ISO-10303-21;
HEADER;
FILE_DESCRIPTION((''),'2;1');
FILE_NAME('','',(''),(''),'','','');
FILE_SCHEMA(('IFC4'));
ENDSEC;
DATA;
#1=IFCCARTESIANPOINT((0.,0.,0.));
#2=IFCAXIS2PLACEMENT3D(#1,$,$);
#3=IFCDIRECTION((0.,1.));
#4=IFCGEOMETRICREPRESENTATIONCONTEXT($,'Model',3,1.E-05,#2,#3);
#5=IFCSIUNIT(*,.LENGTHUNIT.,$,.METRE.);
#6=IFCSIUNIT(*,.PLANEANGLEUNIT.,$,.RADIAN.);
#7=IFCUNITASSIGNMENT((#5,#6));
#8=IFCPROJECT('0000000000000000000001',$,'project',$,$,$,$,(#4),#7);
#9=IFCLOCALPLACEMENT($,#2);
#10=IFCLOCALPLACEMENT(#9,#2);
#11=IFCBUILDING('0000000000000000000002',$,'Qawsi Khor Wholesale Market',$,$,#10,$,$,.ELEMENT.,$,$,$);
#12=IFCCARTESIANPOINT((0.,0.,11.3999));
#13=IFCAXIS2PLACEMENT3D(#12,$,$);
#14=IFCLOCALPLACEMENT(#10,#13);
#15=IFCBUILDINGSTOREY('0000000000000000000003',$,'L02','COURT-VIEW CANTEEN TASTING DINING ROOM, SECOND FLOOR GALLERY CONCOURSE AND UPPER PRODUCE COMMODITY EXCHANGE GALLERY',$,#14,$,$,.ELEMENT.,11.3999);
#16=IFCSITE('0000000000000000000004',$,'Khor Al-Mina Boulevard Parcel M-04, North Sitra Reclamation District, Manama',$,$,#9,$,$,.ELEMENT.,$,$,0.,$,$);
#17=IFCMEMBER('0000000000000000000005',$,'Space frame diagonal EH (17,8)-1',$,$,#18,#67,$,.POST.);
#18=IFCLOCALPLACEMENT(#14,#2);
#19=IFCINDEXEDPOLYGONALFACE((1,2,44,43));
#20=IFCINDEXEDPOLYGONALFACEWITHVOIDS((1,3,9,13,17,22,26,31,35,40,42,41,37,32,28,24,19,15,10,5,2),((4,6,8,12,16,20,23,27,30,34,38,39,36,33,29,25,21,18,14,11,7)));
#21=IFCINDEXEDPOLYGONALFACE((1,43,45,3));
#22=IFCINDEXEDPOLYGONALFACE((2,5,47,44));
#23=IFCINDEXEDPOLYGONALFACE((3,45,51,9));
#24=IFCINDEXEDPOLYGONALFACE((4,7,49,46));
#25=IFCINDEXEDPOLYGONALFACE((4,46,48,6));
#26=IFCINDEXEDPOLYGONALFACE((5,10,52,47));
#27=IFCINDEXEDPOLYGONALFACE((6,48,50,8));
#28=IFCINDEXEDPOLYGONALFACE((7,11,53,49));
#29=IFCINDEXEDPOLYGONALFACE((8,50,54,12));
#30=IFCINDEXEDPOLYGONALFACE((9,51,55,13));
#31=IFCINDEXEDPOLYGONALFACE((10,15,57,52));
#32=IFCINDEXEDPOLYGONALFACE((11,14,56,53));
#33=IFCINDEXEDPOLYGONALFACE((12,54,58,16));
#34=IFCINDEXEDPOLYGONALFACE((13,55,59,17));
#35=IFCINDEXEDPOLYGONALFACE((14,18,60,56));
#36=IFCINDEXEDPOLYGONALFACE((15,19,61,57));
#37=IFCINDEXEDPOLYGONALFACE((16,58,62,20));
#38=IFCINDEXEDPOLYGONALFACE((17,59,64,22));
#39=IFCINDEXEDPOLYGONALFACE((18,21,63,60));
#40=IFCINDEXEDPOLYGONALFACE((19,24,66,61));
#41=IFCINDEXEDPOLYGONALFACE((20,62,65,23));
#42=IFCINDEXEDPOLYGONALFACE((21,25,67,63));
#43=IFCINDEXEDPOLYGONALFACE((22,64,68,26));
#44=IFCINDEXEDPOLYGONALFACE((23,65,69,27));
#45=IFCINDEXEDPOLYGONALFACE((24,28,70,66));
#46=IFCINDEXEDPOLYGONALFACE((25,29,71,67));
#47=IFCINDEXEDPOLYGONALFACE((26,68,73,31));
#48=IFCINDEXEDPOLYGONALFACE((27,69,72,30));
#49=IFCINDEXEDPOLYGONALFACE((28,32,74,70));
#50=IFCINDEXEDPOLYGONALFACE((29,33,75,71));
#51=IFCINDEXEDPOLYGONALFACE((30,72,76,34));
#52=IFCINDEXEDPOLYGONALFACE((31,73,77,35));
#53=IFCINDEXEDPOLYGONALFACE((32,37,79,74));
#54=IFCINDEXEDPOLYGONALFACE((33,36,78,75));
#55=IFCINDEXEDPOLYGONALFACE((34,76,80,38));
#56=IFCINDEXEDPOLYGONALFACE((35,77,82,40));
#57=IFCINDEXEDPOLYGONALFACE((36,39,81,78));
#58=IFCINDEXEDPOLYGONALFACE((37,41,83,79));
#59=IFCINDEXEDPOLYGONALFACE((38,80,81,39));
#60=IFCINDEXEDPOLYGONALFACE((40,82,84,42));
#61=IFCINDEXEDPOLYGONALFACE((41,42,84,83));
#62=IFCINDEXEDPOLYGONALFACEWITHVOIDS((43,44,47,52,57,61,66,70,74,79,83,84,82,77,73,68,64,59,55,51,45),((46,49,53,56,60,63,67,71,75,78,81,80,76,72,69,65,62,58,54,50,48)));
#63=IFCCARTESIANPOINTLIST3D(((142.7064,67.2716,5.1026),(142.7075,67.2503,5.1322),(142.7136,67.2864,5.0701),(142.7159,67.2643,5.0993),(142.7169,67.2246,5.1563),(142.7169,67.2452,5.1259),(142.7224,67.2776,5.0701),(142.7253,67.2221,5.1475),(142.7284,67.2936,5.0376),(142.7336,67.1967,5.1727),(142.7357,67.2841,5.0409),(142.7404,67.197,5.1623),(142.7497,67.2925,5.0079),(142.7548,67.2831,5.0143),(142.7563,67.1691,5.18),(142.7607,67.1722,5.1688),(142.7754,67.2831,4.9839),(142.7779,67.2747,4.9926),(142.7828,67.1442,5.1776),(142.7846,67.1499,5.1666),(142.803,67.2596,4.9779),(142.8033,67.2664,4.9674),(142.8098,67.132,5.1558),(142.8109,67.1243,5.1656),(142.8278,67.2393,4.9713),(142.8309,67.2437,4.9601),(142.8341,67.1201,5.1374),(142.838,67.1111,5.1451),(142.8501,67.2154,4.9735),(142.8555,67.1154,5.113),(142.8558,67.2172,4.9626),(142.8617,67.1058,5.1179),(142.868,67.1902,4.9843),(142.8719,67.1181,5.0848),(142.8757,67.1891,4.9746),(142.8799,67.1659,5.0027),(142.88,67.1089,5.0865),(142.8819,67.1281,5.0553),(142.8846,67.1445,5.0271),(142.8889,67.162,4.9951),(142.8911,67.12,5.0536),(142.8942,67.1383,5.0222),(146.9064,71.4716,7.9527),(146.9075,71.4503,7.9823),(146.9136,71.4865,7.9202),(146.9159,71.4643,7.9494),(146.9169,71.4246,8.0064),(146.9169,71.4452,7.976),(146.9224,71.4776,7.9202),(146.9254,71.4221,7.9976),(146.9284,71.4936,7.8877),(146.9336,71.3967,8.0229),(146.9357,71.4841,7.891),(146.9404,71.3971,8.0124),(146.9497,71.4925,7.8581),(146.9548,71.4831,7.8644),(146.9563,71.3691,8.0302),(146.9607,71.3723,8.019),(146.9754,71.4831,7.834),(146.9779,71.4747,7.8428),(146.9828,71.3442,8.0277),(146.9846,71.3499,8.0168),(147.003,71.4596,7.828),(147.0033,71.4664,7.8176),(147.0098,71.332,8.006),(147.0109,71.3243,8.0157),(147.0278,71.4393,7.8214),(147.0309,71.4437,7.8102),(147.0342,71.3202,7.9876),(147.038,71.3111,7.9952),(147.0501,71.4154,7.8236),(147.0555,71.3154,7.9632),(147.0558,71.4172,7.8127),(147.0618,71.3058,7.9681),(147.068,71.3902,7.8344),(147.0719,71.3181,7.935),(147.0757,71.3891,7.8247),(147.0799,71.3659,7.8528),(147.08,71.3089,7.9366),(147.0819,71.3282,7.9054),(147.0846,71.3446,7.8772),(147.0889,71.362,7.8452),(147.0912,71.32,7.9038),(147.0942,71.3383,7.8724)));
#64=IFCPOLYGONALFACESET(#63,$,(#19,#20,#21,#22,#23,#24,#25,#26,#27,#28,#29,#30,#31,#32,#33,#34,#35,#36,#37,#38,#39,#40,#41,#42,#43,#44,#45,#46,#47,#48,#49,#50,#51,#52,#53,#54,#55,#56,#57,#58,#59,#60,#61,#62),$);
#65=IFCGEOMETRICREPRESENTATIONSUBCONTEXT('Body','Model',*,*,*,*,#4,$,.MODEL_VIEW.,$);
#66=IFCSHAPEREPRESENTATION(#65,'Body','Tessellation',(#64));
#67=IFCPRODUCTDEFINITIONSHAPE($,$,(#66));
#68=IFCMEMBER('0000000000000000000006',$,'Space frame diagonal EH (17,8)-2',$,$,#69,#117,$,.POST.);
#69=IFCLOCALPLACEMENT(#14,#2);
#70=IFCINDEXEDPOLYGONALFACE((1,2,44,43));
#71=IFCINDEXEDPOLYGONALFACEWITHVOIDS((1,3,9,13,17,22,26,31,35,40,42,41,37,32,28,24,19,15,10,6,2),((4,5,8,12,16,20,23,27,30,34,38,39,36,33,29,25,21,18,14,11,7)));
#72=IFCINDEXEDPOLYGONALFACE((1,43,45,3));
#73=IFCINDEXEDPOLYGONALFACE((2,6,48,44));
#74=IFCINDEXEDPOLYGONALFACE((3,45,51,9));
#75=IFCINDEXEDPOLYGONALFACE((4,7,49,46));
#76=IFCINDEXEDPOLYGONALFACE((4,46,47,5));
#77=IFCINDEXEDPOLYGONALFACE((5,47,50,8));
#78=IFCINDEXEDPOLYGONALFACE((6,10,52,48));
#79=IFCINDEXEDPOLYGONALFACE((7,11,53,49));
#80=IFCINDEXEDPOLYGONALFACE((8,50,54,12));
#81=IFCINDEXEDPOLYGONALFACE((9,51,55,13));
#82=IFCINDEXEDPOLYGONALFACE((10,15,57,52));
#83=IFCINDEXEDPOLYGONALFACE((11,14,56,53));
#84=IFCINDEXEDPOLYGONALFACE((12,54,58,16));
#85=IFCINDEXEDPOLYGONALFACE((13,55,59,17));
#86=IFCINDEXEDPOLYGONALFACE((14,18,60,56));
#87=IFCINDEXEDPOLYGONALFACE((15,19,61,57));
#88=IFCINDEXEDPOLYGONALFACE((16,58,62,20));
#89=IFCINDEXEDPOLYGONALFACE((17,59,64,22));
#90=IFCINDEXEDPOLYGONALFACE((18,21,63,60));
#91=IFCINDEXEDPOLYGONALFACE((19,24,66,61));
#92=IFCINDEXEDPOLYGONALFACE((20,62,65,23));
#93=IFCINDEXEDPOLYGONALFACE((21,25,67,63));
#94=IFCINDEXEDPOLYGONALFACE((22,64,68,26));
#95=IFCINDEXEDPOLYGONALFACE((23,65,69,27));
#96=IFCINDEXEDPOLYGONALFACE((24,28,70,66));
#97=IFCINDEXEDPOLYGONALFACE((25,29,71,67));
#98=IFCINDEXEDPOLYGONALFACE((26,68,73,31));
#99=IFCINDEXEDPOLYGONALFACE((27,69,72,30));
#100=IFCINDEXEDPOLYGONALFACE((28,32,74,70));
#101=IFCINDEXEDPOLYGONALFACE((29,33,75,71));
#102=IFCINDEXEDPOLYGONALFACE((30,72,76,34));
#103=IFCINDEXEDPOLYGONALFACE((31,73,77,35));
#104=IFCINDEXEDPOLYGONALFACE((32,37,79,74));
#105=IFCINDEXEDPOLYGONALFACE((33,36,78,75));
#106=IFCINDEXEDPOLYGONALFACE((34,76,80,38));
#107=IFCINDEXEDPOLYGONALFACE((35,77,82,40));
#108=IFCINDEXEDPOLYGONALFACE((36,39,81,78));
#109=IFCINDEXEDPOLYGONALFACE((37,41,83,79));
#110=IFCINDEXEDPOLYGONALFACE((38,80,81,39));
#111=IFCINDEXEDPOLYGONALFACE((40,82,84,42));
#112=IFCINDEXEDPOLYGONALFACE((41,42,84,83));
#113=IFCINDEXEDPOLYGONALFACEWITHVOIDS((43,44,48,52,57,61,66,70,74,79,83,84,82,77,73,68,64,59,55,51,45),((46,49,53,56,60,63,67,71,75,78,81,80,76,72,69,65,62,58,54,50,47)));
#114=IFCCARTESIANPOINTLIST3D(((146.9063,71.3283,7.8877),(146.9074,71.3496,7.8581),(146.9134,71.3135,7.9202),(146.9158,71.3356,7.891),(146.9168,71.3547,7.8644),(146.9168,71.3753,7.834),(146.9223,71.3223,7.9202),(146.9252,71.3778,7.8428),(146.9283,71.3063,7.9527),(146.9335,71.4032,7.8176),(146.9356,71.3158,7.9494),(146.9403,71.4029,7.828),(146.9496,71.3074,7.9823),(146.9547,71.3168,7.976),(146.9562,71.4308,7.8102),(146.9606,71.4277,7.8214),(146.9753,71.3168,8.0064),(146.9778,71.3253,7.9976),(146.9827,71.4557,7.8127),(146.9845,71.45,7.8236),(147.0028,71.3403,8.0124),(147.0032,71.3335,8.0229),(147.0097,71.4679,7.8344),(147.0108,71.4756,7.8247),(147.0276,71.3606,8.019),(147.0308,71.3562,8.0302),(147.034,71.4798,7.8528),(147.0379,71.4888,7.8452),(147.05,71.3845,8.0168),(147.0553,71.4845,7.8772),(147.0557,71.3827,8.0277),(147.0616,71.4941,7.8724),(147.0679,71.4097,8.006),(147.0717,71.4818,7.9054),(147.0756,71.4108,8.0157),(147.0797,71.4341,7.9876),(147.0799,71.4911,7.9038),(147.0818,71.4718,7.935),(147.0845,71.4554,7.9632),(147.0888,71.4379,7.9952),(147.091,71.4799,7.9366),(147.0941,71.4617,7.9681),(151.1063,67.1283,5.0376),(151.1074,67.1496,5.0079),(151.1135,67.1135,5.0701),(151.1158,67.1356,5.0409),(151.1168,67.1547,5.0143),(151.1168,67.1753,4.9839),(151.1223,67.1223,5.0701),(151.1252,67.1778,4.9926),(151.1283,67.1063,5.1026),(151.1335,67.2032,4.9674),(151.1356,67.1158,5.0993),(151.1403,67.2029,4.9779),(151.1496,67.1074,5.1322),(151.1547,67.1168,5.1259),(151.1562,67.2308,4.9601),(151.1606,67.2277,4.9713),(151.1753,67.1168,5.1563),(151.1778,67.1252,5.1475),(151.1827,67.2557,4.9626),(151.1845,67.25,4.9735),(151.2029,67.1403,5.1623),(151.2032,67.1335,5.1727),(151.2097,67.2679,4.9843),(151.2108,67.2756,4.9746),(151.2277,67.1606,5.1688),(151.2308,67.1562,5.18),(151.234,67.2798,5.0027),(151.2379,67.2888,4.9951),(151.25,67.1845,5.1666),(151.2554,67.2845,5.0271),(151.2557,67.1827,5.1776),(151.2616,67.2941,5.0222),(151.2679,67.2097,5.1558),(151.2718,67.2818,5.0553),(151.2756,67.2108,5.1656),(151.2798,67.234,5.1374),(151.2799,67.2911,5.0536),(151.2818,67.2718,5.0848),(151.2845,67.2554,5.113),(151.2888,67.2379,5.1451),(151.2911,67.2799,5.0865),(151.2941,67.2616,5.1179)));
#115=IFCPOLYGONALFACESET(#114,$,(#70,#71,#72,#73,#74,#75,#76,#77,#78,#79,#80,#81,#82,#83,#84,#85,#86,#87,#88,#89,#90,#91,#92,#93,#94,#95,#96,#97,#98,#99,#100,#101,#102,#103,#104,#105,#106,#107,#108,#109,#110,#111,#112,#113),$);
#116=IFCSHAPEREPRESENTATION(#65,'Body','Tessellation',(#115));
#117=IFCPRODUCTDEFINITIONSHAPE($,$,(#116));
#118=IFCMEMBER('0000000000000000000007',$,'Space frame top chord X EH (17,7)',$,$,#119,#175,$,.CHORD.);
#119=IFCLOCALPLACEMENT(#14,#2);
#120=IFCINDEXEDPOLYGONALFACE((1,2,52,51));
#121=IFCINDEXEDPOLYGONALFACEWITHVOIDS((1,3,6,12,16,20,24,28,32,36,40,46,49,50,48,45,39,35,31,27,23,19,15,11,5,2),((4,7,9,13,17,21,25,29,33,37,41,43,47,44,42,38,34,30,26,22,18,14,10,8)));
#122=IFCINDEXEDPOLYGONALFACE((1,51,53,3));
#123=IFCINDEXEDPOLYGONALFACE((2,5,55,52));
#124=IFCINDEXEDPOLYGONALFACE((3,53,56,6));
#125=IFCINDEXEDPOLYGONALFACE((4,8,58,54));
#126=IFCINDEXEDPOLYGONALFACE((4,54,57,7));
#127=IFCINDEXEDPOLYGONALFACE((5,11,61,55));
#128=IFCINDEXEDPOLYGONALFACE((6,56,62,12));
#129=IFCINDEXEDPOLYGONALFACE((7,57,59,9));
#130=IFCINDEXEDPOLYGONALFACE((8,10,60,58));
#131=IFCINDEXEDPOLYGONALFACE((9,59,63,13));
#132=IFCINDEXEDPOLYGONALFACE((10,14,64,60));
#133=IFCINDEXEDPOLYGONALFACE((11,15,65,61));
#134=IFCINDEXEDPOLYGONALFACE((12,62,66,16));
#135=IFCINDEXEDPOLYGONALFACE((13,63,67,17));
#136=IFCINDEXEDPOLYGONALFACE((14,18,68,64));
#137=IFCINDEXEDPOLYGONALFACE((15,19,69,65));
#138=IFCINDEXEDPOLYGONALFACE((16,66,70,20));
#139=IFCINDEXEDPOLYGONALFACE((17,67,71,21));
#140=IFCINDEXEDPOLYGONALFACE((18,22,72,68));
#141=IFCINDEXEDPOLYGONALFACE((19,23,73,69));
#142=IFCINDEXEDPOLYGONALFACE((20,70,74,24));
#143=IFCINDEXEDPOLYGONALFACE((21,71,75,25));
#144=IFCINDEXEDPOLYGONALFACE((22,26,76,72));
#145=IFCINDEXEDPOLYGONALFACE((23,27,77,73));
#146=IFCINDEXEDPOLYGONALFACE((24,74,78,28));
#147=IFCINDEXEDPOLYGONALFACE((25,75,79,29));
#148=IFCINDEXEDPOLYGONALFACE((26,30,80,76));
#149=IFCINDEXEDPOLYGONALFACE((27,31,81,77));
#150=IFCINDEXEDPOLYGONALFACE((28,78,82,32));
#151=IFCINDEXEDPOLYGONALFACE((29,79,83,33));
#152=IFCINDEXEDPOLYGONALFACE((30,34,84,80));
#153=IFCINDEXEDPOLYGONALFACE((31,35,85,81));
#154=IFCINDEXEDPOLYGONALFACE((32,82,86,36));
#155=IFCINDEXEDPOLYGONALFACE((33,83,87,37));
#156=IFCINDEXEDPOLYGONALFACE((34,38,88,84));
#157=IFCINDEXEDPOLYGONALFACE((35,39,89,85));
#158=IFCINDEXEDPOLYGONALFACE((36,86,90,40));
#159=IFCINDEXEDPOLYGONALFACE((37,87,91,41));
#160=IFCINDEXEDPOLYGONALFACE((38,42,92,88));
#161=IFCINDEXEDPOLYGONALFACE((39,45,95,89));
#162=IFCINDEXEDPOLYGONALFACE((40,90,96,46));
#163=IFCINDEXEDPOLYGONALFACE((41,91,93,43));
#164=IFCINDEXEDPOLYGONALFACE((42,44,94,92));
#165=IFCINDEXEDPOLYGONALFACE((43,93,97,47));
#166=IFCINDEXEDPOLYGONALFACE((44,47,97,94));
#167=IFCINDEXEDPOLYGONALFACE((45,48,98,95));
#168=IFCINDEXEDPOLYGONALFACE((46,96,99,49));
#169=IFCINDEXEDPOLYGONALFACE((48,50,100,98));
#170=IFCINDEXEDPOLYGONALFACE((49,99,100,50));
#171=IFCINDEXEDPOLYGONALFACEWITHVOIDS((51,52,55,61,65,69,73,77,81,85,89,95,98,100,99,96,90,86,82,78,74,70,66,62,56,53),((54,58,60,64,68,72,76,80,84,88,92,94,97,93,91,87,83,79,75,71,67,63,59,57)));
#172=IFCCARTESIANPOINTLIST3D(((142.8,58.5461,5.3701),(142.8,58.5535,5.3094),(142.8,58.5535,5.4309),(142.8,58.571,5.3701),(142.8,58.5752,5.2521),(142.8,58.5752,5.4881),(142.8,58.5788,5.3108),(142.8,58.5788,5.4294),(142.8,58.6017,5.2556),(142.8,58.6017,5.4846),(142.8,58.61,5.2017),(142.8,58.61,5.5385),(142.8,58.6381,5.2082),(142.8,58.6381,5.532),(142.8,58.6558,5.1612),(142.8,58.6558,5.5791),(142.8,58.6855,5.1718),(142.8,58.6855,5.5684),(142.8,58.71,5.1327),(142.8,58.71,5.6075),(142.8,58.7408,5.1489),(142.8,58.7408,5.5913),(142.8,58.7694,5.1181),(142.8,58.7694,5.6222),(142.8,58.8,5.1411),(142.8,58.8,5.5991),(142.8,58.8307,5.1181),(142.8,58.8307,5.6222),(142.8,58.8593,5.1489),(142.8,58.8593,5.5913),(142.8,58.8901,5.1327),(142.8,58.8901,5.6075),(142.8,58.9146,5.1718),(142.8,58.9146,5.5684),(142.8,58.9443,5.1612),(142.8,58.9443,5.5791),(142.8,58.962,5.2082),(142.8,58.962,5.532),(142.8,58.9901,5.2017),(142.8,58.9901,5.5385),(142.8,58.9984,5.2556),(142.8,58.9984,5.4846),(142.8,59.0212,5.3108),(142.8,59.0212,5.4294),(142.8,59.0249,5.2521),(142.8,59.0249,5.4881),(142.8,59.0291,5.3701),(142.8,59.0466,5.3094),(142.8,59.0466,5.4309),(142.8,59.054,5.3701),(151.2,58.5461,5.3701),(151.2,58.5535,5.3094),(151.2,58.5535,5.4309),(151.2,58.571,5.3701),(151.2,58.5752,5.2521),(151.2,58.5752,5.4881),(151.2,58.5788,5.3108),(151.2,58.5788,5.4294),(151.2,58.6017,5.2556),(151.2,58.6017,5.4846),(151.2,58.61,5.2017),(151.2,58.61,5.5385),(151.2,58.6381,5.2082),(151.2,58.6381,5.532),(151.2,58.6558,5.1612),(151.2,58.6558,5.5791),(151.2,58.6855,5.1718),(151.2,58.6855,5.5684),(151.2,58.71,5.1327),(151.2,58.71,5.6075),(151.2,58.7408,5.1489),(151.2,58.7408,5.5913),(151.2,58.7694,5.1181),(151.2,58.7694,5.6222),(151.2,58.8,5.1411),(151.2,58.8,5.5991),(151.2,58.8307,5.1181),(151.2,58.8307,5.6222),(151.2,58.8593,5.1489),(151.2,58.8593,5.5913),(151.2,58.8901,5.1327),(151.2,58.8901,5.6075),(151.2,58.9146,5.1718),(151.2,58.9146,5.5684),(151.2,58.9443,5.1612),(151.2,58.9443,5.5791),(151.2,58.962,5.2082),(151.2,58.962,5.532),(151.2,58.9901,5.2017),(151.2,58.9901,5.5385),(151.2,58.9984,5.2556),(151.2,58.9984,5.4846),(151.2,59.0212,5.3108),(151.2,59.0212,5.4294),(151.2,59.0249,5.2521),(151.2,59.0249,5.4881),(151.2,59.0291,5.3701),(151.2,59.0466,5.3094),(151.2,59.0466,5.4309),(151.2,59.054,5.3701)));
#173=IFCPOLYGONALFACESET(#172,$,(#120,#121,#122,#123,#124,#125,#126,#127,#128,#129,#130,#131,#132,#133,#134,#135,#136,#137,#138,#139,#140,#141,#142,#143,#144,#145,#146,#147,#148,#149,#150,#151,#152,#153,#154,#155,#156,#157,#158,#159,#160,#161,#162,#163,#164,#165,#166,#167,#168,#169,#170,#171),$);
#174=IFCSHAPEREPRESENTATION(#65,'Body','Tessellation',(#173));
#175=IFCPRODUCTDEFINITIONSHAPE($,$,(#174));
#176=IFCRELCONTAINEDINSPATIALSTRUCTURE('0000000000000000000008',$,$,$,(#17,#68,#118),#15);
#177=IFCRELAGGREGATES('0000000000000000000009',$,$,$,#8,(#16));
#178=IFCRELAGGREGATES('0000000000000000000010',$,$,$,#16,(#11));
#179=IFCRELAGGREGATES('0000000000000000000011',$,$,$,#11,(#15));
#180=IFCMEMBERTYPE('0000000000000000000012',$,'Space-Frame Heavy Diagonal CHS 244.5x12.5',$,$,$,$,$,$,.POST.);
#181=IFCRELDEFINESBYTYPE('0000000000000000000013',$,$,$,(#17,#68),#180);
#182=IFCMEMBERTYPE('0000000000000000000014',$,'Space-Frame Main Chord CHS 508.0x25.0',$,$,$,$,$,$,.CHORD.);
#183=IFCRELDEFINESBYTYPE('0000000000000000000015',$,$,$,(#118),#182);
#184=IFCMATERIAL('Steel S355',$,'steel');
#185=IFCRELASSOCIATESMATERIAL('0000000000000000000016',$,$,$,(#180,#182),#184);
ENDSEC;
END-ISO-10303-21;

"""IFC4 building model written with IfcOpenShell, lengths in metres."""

from ifc_helpers import new_model, si_unit, direction, frame, origin, origin_2d, place, context, subcontext, project, spatial, hollow_circle, extrude, material, material_profile, profile_set, type_object, element, save


model = new_model("IFC4")

# Units and contexts
model_context = context("Model", 3, precision=1e-05, world=origin(), true_north=direction((0.0, 1.0)))
body_context = subcontext(model_context, "Body", "Model", "MODEL_VIEW")
ifc_project = project(units=[si_unit("LENGTHUNIT", "METRE"), si_unit("PLANEANGLEUNIT", "RADIAN")], contexts=[model_context])

# Site, building, storey
site_placement = place(None, origin())
site = spatial("IfcSite", under=ifc_project, at=site_placement, Name="Khor Al-Mina Boulevard Parcel M-04, North Sitra Reclamation District, Manama", CompositionType="ELEMENT", RefElevation=0.0)
building_placement = place(site_placement, origin())
building = spatial("IfcBuilding", under=site, at=building_placement, Name="Qawsi Khor Wholesale Market", CompositionType="ELEMENT")
storey_placement = place(building_placement, frame((0.0, 0.0, 11.3999)))
storey = spatial("IfcBuildingStorey", under=building, at=storey_placement, Name="L02", Description="COURT-VIEW CANTEEN TASTING DINING ROOM, SECOND FLOOR GALLERY CONCOURSE AND UPPER PRODUCE COMMODITY EXCHANGE GALLERY", CompositionType="ELEMENT", Elevation=11.3999)

# Members
ifc_material_1 = material(Name="Steel S355", Category="steel")
ifc_material_profile_1 = material_profile(ifc_material_1, hollow_circle(Radius=0.1223, WallThickness=0.0125, at=origin_2d()), Name="CHS 244.5x12.5")
ifc_profile_set_1 = profile_set([ifc_material_profile_1], Name="Steel S355")
member_type_1 = type_object("IfcMemberType", Name="Space-Frame Heavy Diagonal CHS 244.5x12.5", PredefinedType="POST", material=ifc_profile_set_1)
for number, where, z_axis, x_axis, name in (
    (1, (142.8, 67.2, 5.0701), (0.637512, 0.637512, 0.432617), (-0.707107, 0.707107, 0.0), "Space frame diagonal EH (17,8)-1"),
    (2, (151.2, 67.2, 5.0701), (-0.637512, 0.637512, 0.432617), (-0.707107, -0.707107, 0.0), "Space frame diagonal EH (17,8)-2"),
):
    element("IfcMember", number, at=place(storey_placement, frame(where, z_axis=z_axis, x_axis=x_axis)), inside=storey, type_object=member_type_1, Name=name, PredefinedType="POST", context=body_context, shape_type="SweptSolid", body=[
        extrude(hollow_circle(Radius=0.1223, WallThickness=0.0125, at=origin_2d()), origin(), (0.0, 0.0, 1.0), 6.5881),
    ])
ifc_material_profile_2 = material_profile(ifc_material_1, hollow_circle(Radius=0.2539, WallThickness=0.0249, at=origin_2d()), Name="CHS 508.0x25.0")
ifc_profile_set_2 = profile_set([ifc_material_profile_2], Name="Steel S355")
member_type_2 = type_object("IfcMemberType", Name="Space-Frame Main Chord CHS 508.0x25.0", PredefinedType="CHORD", material=ifc_profile_set_2)
member_1_placement = place(storey_placement, frame((142.8, 58.8, 5.3701), z_axis=(1.0, 0.0, 0.0), x_axis=(0.0, 1.0, 0.0)))
element("IfcMember", 3, at=member_1_placement, inside=storey, type_object=member_type_2, Name="Space frame top chord X EH (17,7)", PredefinedType="CHORD", context=body_context, shape_type="SweptSolid", body=[
    extrude(hollow_circle(Radius=0.2539, WallThickness=0.0249, at=origin_2d()), origin(), (0.0, 0.0, 1.0), 8.3999),
])

save(model, "model.ifc")
